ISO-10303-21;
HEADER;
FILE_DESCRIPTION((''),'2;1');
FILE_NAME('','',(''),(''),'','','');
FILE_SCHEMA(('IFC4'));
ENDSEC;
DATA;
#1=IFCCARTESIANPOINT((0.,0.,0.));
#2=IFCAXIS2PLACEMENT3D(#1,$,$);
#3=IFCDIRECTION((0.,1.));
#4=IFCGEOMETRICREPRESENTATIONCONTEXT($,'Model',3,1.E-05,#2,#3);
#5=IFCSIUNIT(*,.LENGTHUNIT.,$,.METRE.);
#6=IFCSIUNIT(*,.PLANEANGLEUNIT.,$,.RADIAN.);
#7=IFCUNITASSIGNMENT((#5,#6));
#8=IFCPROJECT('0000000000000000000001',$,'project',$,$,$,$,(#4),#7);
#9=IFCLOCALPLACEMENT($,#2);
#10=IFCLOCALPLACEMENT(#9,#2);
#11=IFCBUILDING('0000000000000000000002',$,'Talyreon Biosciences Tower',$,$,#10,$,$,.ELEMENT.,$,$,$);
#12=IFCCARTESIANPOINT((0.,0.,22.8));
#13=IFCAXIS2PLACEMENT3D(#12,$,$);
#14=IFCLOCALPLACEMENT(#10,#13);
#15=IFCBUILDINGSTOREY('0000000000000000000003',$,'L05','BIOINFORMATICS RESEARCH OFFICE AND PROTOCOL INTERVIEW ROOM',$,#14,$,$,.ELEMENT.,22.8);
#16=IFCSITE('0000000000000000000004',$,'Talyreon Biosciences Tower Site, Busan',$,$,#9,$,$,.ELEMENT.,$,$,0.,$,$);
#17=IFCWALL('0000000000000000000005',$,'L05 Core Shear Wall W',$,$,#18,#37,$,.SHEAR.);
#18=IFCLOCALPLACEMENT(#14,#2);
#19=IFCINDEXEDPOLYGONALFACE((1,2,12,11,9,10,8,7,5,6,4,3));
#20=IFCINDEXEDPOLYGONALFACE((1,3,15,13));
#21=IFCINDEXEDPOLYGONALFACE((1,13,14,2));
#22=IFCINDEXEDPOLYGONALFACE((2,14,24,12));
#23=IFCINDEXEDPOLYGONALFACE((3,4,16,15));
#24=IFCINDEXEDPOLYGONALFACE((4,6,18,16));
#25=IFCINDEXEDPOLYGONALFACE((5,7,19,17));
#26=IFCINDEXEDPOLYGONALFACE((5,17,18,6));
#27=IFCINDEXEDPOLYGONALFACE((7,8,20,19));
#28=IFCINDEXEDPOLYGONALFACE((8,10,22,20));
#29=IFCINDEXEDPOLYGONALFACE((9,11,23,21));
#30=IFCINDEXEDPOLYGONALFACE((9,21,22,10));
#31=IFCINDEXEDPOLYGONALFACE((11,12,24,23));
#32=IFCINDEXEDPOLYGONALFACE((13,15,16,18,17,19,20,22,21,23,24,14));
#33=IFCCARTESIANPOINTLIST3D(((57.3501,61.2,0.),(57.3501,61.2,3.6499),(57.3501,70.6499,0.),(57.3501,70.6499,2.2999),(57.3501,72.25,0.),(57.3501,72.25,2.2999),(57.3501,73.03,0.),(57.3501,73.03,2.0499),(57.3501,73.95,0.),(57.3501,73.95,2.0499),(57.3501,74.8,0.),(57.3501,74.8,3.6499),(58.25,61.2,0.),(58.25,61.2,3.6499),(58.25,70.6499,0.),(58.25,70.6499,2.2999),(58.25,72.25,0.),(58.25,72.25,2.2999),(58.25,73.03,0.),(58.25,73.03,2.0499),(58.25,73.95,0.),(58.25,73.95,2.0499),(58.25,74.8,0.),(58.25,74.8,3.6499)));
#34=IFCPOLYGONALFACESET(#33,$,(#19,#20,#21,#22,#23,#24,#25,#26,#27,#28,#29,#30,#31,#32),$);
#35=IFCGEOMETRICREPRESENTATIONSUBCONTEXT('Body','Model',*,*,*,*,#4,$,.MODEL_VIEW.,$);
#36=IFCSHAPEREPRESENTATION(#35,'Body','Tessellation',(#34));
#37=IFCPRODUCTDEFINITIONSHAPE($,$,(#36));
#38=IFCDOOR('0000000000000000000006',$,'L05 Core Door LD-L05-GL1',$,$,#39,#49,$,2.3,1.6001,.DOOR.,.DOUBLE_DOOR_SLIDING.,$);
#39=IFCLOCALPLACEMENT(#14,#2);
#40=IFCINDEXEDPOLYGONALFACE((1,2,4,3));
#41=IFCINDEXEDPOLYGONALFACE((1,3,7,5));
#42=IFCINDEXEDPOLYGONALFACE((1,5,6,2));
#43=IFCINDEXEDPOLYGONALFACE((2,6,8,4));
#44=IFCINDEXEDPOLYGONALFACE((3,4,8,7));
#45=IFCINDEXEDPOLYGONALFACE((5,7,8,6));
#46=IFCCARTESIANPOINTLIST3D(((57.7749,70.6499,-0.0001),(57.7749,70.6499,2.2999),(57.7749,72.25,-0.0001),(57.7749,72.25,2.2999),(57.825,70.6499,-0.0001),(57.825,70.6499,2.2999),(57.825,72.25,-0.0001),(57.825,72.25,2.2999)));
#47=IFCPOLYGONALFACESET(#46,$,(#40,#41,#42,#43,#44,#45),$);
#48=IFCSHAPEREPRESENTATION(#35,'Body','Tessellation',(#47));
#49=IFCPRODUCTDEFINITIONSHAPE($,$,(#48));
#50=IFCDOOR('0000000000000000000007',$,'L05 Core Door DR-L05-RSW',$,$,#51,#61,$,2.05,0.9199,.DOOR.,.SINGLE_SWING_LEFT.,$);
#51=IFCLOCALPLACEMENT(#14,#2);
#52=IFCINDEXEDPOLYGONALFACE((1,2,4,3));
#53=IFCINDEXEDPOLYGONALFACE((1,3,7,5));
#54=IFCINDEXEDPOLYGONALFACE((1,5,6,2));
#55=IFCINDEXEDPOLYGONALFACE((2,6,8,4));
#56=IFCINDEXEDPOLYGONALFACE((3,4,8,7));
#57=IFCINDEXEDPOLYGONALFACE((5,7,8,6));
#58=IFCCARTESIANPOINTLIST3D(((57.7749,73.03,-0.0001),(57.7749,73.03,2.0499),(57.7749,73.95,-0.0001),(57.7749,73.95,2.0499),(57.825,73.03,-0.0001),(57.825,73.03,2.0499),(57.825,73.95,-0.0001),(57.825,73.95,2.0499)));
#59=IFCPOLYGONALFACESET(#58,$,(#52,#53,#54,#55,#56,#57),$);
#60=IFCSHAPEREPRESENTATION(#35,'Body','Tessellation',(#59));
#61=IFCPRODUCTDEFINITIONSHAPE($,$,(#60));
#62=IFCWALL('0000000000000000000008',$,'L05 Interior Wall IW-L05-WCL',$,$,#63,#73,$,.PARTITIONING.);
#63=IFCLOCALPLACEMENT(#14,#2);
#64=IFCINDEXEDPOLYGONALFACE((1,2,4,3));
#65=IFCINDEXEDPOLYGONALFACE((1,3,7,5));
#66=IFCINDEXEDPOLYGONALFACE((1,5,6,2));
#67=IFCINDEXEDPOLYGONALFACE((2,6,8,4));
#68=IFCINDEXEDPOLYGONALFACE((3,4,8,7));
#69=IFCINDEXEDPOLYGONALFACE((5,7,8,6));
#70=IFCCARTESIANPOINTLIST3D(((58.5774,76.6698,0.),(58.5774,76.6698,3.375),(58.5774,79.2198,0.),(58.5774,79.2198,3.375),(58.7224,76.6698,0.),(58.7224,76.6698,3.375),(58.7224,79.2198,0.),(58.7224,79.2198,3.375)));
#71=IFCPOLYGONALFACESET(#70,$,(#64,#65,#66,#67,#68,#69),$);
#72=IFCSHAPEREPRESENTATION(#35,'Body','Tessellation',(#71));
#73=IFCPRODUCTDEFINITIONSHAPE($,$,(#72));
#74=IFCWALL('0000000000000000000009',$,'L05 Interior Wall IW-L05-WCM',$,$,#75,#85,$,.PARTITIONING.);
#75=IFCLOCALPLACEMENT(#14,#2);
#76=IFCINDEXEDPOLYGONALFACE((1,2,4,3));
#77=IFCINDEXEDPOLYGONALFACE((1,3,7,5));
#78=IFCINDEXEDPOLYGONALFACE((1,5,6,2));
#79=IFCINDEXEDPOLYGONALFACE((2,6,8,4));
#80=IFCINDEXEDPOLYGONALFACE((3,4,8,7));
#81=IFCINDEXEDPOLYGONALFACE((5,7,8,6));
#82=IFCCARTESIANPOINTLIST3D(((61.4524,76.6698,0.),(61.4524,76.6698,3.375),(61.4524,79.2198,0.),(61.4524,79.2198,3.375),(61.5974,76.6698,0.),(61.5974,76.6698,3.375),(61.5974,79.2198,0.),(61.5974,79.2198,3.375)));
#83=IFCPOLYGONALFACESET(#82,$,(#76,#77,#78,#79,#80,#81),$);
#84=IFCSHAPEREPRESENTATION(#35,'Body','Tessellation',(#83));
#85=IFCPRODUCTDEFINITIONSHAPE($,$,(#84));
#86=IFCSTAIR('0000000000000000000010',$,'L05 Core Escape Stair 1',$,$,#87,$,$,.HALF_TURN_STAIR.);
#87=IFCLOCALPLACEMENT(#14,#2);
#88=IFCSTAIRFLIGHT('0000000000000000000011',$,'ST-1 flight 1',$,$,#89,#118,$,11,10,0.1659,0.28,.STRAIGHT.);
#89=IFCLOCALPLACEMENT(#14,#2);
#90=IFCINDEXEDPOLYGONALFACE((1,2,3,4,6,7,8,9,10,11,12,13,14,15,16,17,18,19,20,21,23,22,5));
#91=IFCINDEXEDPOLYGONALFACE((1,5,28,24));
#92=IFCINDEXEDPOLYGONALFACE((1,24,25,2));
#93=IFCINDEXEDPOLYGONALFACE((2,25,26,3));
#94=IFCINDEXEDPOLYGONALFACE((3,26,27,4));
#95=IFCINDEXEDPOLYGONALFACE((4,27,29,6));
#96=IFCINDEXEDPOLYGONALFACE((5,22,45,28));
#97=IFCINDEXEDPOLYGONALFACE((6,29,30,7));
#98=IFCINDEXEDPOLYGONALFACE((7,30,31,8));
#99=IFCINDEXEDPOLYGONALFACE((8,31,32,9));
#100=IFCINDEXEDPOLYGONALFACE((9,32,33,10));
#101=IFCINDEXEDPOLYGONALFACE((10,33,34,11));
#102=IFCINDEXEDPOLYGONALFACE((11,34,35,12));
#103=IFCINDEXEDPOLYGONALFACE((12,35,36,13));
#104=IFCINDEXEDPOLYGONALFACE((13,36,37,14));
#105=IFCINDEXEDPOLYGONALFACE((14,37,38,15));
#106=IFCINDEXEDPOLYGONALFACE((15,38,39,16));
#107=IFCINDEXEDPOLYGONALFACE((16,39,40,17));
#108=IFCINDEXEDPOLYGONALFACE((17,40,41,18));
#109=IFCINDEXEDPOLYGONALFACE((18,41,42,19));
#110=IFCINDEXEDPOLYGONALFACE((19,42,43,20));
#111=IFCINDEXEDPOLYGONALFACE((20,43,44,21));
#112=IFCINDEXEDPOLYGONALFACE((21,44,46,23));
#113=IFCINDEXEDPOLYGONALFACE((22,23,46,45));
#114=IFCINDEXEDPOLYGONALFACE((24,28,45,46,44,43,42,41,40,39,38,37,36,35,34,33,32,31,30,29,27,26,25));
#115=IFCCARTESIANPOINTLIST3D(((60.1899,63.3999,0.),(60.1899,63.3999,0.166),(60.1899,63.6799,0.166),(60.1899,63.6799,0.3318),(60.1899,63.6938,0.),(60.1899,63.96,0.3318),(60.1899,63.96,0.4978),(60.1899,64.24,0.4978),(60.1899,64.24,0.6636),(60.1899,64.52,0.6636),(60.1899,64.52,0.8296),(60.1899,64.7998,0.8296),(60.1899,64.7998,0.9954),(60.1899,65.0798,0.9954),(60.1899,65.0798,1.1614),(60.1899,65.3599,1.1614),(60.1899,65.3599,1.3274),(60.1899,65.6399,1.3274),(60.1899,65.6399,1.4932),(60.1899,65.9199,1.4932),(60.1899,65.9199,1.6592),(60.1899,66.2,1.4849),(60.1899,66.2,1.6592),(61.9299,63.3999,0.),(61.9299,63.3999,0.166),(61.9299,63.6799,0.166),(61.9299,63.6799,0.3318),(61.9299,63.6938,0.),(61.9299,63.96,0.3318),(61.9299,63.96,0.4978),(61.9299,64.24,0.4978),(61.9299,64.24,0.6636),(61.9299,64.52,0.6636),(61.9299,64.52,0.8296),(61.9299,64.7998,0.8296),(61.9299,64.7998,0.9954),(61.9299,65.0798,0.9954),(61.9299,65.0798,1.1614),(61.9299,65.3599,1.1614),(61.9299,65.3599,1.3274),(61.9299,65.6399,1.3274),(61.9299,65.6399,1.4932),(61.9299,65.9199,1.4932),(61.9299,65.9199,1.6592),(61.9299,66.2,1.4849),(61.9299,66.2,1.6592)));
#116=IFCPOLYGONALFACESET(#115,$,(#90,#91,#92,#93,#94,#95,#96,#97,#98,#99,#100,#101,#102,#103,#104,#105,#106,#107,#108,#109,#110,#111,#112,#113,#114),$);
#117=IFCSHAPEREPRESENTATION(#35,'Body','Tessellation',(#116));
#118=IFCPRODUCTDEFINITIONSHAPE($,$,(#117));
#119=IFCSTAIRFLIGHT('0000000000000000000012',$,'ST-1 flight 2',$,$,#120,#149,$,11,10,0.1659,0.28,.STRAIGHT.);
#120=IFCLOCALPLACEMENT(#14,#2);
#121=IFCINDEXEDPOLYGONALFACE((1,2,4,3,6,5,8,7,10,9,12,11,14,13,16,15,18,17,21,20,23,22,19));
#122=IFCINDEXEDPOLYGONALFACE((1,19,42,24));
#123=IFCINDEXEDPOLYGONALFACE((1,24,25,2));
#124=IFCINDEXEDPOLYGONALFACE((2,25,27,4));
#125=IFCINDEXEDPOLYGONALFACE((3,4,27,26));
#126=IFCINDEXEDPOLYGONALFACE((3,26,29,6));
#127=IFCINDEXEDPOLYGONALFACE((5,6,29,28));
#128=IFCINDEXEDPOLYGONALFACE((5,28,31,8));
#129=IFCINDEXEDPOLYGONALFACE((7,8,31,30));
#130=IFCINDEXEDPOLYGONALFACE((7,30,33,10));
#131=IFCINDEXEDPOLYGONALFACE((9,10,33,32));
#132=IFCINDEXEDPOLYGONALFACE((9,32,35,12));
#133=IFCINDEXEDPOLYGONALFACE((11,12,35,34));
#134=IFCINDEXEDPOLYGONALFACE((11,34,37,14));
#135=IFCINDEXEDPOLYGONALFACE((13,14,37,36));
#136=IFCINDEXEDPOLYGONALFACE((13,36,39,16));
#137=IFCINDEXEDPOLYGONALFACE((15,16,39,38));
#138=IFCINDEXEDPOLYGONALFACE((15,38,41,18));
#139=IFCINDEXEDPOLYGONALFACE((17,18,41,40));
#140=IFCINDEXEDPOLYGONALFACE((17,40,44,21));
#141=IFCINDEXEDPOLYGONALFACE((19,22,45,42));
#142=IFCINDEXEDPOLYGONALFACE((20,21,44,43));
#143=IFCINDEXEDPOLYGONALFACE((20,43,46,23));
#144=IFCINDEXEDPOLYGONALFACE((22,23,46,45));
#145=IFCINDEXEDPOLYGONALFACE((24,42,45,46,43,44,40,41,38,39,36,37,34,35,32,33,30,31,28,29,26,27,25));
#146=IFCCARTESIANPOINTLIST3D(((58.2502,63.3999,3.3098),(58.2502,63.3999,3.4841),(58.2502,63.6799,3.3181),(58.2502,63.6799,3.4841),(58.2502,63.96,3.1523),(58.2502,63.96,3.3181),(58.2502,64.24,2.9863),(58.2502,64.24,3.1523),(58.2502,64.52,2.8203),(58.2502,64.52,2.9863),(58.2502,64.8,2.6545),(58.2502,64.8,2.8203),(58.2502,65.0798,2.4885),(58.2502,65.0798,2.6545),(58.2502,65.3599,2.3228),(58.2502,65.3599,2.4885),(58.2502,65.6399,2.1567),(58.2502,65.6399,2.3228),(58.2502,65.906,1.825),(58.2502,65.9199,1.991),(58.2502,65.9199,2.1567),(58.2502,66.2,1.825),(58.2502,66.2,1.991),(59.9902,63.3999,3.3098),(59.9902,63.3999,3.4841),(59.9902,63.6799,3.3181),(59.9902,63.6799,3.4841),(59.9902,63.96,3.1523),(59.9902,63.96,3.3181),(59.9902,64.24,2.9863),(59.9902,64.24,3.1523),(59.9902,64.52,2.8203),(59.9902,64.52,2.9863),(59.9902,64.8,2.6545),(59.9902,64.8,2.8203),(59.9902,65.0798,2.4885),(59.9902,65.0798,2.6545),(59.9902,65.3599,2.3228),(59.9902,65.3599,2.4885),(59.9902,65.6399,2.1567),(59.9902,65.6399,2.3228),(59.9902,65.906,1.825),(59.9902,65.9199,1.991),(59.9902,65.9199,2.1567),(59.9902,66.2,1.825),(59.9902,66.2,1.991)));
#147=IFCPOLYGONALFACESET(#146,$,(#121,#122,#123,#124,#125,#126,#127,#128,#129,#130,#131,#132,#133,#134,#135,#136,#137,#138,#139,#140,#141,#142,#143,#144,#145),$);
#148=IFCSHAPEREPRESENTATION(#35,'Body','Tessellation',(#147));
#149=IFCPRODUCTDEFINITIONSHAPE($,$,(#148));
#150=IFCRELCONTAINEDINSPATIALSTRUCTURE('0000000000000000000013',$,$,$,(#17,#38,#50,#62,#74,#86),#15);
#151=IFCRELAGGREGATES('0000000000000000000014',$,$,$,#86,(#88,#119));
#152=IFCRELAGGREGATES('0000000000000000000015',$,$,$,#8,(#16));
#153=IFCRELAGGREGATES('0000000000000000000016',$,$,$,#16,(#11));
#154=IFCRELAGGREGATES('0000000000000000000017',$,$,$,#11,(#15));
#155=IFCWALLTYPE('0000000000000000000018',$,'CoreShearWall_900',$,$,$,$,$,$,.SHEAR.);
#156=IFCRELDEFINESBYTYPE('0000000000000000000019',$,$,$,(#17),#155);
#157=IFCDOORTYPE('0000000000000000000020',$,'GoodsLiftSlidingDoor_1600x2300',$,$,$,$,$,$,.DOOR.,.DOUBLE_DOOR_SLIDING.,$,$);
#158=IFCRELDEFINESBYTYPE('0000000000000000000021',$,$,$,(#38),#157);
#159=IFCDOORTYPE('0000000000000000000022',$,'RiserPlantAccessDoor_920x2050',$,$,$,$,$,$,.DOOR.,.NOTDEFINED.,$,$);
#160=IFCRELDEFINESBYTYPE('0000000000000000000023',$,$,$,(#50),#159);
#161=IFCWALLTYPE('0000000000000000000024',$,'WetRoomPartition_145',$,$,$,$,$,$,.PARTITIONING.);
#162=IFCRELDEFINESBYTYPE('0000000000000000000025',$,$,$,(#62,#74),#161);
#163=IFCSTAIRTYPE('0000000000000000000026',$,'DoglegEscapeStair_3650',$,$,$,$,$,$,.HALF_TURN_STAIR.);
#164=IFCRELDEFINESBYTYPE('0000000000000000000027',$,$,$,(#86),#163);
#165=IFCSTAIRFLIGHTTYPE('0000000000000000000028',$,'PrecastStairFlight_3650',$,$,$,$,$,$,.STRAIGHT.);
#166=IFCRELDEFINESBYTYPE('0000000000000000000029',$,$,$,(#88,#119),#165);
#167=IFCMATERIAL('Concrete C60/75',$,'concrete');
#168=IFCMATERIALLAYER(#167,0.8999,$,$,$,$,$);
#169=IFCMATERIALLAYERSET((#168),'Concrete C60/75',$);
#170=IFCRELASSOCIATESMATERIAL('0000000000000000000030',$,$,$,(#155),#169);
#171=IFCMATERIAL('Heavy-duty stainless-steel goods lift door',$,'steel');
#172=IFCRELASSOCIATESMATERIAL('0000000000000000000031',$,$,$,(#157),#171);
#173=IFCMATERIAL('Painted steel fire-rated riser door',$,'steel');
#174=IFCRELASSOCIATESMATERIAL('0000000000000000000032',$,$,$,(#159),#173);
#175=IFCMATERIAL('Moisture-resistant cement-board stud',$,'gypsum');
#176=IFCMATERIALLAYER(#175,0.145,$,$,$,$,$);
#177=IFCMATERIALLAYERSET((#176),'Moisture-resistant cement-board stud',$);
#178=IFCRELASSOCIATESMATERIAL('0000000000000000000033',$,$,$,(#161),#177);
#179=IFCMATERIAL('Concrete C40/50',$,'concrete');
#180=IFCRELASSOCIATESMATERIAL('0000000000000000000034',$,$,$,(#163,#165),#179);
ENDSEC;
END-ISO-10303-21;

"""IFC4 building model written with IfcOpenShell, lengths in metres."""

from ifc_helpers import new_model, si_unit, direction, frame, frame_2d, origin, place, context, subcontext, project, spatial, polyline, rectangle, outline, extrude, material, layer, layer_set, type_object, element, fill, aggregate, save


model = new_model("IFC4")

# Units and contexts
model_context = context("Model", 3, precision=1e-05, world=origin(), true_north=direction((0.0, 1.0)))
body_context = subcontext(model_context, "Body", "Model", "MODEL_VIEW")
ifc_project = project(units=[si_unit("LENGTHUNIT", "METRE"), si_unit("PLANEANGLEUNIT", "RADIAN")], contexts=[model_context])

# Site, building, storey
site_placement = place(None, origin())
site = spatial("IfcSite", under=ifc_project, at=site_placement, Name="Talyreon Biosciences Tower Site, Busan", CompositionType="ELEMENT", RefElevation=0.0)
building_placement = place(site_placement, origin())
building = spatial("IfcBuilding", under=site, at=building_placement, Name="Talyreon Biosciences Tower", CompositionType="ELEMENT")
storey_placement = place(building_placement, frame((0.0, 0.0, 22.8)))
storey = spatial("IfcBuildingStorey", under=building, at=storey_placement, Name="L05", Description="BIOINFORMATICS RESEARCH OFFICE AND PROTOCOL INTERVIEW ROOM", CompositionType="ELEMENT", Elevation=22.8)

# Shared definitions
ifc_material_1 = material(Name="Concrete C60/75", Category="concrete")

# Wall, openings, doors
ifc_layer_1 = layer(ifc_material_1, 0.8999)
ifc_layer_set_1 = layer_set([ifc_layer_1], Name="Concrete C60/75")
wall_type_1 = type_object("IfcWallType", Name="CoreShearWall_900", PredefinedType="SHEAR", material=ifc_layer_set_1)
wall_placement = place(storey_placement, frame((57.8, 74.8, 0.0), z_axis=(0.0, 0.0, 1.0), x_axis=(0.0, -1.0, 0.0)))
wall = element("IfcWall", 1, at=wall_placement, inside=storey, type_object=wall_type_1, Name="L05 Core Shear Wall W", PredefinedType="SHEAR", context=body_context, shape_type="SweptSolid", body=[
    extrude(rectangle(XDim=13.6001, YDim=0.8999, at=frame_2d((6.8, 0.0))), origin(), (0.0, 0.0, 1.0), 3.6499),
])
opening_1_placement = place(wall_placement, frame((0.8501, 0.0, 0.0)))
opening_1 = element("IfcOpeningElement", 2, at=opening_1_placement, cuts=wall, PredefinedType="OPENING", context=body_context, shape_type="SweptSolid", body=[
    extrude(rectangle(XDim=0.9199, YDim=2.05, at=frame_2d((0.46, 1.0249))), frame((0.0, 0.46, 0.0), z_axis=(0.0, -1.0, 0.0), x_axis=(1.0, 0.0, 0.0)), (0.0, 0.0, 1.0), 0.9199),
])
opening_2_placement = place(wall_placement, frame((2.55, 0.0, 0.0)))
opening_2 = element("IfcOpeningElement", 3, at=opening_2_placement, cuts=wall, PredefinedType="OPENING", context=body_context, shape_type="SweptSolid", body=[
    extrude(rectangle(XDim=1.6001, YDim=2.3, at=frame_2d((0.8, 1.1499))), frame((0.0, 0.46, 0.0), z_axis=(0.0, -1.0, 0.0), x_axis=(1.0, 0.0, 0.0)), (0.0, 0.0, 1.0), 0.9199),
])
ifc_material_2 = material(Name="Heavy-duty stainless-steel goods lift door", Category="steel")
door_type_1 = type_object("IfcDoorType", Name="GoodsLiftSlidingDoor_1600x2300", OperationType="DOUBLE_DOOR_SLIDING", PredefinedType="DOOR", material=ifc_material_2)
door_1_placement = place(opening_2_placement, origin())
door_1 = element("IfcDoor", 4, at=door_1_placement, inside=storey, type_object=door_type_1, Name="L05 Core Door LD-L05-GL1", OperationType="DOUBLE_DOOR_SLIDING", OverallHeight=2.3, OverallWidth=1.6001, PredefinedType="DOOR", context=body_context, shape_type="SweptSolid", body=[
    extrude(rectangle(XDim=1.6001, YDim=2.3, at=frame_2d((0.8, 1.1499))), frame((0.0, 0.0249, 0.0), z_axis=(0.0, -1.0, 0.0), x_axis=(1.0, 0.0, 0.0)), (0.0, 0.0, 1.0), 0.05),
])
fill(opening_2, door_1)
ifc_material_3 = material(Name="Painted steel fire-rated riser door", Category="steel")
door_type_2 = type_object("IfcDoorType", Name="RiserPlantAccessDoor_920x2050", OperationType="NOTDEFINED", PredefinedType="DOOR", material=ifc_material_3)
door_2_placement = place(opening_1_placement, origin())
door_2 = element("IfcDoor", 5, at=door_2_placement, inside=storey, type_object=door_type_2, Name="L05 Core Door DR-L05-RSW", OperationType="SINGLE_SWING_LEFT", OverallHeight=2.05, OverallWidth=0.9199, PredefinedType="DOOR", context=body_context, shape_type="SweptSolid", body=[
    extrude(rectangle(XDim=0.9199, YDim=2.05, at=frame_2d((0.46, 1.0249))), frame((0.0, 0.0249, 0.0), z_axis=(0.0, -1.0, 0.0), x_axis=(1.0, 0.0, 0.0)), (0.0, 0.0, 1.0), 0.05),
])
fill(opening_1, door_2)

# Walls
ifc_material_4 = material(Name="Moisture-resistant cement-board stud", Category="gypsum")
ifc_layer_2 = layer(ifc_material_4, 0.145)
ifc_layer_set_2 = layer_set([ifc_layer_2], Name="Moisture-resistant cement-board stud")
wall_type_2 = type_object("IfcWallType", Name="WetRoomPartition_145", PredefinedType="PARTITIONING", material=ifc_layer_set_2)
for number, where, z_axis, x_axis, name in (
    (6, (58.6499, 76.6699, 0.0), (0.0, 0.0, 1.0), (0.0, 1.0, 0.0), "L05 Interior Wall IW-L05-WCL"),
    (7, (61.5249, 76.6699, 0.0), (0.0, 0.0, 1.0), (0.0, 1.0, 0.0), "L05 Interior Wall IW-L05-WCM"),
):
    element("IfcWall", number, at=place(storey_placement, frame(where, z_axis=z_axis, x_axis=x_axis)), inside=storey, type_object=wall_type_2, Name=name, PredefinedType="PARTITIONING", context=body_context, shape_type="SweptSolid", body=[
        extrude(rectangle(XDim=2.55, YDim=0.145, at=frame_2d((1.2749, 0.0))), origin(), (0.0, 0.0, 1.0), 3.375),
    ])

# Stair, stair flights
ifc_material_5 = material(Name="Concrete C40/50", Category="concrete")
stair_type = type_object("IfcStairType", Name="DoglegEscapeStair_3650", PredefinedType="HALF_TURN_STAIR", material=ifc_material_5)
stair_placement = place(storey_placement, origin())
stair = element("IfcStair", 8, at=stair_placement, inside=storey, type_object=stair_type, Name="L05 Core Escape Stair 1", PredefinedType="HALF_TURN_STAIR")
stair_flight_type = type_object("IfcStairFlightType", Name="PrecastStairFlight_3650", PredefinedType="STRAIGHT", material=ifc_material_5)
stair_flight_1_placement = place(storey_placement, frame((61.0601, 63.3999, 0.0), z_axis=(0.0, 0.0, 1.0), x_axis=(0.0, 1.0, 0.0)))
stair_flight_1 = element("IfcStairFlight", 9, at=stair_flight_1_placement, type_object=stair_flight_type, Name="ST-1 flight 1", NumberOfRisers=11, NumberOfTreads=10, PredefinedType="STRAIGHT", RiserHeight=0.1659, TreadLength=0.28, context=body_context, shape_type="SweptSolid", body=[
    extrude(outline(polyline([(0.0, 0.0), (0.0, 0.166), (0.28, 0.166), (0.28, 0.3318), (0.5601, 0.3318), (0.5601, 0.4978), (0.8401, 0.4978), (0.8401, 0.6636), (1.1201, 0.6636), (1.1201, 0.8296), (1.3999, 0.8296), (1.3999, 0.9954), (1.6799, 0.9954), (1.6799, 1.1614), (1.96, 1.1614), (1.96, 1.3274), (2.24, 1.3274), (2.24, 1.4932), (2.52, 1.4932), (2.52, 1.6592), (2.8, 1.6592), (2.8, 1.825), (2.8, 1.4849), (0.2939, 0.0), (0.0, 0.0)])), frame((0.0, 0.8701, 0.0), z_axis=(0.0, -1.0, 0.0), x_axis=(1.0, 0.0, 0.0)), (0.0, 0.0, 1.0), 1.74),
])
stair_flight_2_placement = place(storey_placement, frame((59.1201, 66.2, 1.825), z_axis=(0.0, 0.0, 1.0), x_axis=(0.0, -1.0, 0.0)))
stair_flight_2 = element("IfcStairFlight", 10, at=stair_flight_2_placement, type_object=stair_flight_type, Name="ST-1 flight 2", NumberOfRisers=11, NumberOfTreads=10, PredefinedType="STRAIGHT", RiserHeight=0.1659, TreadLength=0.28, context=body_context, shape_type="SweptSolid", body=[
    extrude(outline(polyline([(0.0, 0.0), (0.0, 0.166), (0.28, 0.166), (0.28, 0.3318), (0.5601, 0.3318), (0.5601, 0.4978), (0.8401, 0.4978), (0.8401, 0.6636), (1.1201, 0.6636), (1.1201, 0.8296), (1.3999, 0.8296), (1.3999, 0.9954), (1.6799, 0.9954), (1.6799, 1.1614), (1.96, 1.1614), (1.96, 1.3274), (2.24, 1.3274), (2.24, 1.4932), (2.52, 1.4932), (2.52, 1.6592), (2.8, 1.6592), (2.8, 1.825), (2.8, 1.4849), (0.2939, 0.0), (0.0, 0.0)])), frame((0.0, 0.8701, 0.0), z_axis=(0.0, -1.0, 0.0), x_axis=(1.0, 0.0, 0.0)), (0.0, 0.0, 1.0), 1.74),
])
aggregate(stair, [stair_flight_1, stair_flight_2])

save(model, "model.ifc")
